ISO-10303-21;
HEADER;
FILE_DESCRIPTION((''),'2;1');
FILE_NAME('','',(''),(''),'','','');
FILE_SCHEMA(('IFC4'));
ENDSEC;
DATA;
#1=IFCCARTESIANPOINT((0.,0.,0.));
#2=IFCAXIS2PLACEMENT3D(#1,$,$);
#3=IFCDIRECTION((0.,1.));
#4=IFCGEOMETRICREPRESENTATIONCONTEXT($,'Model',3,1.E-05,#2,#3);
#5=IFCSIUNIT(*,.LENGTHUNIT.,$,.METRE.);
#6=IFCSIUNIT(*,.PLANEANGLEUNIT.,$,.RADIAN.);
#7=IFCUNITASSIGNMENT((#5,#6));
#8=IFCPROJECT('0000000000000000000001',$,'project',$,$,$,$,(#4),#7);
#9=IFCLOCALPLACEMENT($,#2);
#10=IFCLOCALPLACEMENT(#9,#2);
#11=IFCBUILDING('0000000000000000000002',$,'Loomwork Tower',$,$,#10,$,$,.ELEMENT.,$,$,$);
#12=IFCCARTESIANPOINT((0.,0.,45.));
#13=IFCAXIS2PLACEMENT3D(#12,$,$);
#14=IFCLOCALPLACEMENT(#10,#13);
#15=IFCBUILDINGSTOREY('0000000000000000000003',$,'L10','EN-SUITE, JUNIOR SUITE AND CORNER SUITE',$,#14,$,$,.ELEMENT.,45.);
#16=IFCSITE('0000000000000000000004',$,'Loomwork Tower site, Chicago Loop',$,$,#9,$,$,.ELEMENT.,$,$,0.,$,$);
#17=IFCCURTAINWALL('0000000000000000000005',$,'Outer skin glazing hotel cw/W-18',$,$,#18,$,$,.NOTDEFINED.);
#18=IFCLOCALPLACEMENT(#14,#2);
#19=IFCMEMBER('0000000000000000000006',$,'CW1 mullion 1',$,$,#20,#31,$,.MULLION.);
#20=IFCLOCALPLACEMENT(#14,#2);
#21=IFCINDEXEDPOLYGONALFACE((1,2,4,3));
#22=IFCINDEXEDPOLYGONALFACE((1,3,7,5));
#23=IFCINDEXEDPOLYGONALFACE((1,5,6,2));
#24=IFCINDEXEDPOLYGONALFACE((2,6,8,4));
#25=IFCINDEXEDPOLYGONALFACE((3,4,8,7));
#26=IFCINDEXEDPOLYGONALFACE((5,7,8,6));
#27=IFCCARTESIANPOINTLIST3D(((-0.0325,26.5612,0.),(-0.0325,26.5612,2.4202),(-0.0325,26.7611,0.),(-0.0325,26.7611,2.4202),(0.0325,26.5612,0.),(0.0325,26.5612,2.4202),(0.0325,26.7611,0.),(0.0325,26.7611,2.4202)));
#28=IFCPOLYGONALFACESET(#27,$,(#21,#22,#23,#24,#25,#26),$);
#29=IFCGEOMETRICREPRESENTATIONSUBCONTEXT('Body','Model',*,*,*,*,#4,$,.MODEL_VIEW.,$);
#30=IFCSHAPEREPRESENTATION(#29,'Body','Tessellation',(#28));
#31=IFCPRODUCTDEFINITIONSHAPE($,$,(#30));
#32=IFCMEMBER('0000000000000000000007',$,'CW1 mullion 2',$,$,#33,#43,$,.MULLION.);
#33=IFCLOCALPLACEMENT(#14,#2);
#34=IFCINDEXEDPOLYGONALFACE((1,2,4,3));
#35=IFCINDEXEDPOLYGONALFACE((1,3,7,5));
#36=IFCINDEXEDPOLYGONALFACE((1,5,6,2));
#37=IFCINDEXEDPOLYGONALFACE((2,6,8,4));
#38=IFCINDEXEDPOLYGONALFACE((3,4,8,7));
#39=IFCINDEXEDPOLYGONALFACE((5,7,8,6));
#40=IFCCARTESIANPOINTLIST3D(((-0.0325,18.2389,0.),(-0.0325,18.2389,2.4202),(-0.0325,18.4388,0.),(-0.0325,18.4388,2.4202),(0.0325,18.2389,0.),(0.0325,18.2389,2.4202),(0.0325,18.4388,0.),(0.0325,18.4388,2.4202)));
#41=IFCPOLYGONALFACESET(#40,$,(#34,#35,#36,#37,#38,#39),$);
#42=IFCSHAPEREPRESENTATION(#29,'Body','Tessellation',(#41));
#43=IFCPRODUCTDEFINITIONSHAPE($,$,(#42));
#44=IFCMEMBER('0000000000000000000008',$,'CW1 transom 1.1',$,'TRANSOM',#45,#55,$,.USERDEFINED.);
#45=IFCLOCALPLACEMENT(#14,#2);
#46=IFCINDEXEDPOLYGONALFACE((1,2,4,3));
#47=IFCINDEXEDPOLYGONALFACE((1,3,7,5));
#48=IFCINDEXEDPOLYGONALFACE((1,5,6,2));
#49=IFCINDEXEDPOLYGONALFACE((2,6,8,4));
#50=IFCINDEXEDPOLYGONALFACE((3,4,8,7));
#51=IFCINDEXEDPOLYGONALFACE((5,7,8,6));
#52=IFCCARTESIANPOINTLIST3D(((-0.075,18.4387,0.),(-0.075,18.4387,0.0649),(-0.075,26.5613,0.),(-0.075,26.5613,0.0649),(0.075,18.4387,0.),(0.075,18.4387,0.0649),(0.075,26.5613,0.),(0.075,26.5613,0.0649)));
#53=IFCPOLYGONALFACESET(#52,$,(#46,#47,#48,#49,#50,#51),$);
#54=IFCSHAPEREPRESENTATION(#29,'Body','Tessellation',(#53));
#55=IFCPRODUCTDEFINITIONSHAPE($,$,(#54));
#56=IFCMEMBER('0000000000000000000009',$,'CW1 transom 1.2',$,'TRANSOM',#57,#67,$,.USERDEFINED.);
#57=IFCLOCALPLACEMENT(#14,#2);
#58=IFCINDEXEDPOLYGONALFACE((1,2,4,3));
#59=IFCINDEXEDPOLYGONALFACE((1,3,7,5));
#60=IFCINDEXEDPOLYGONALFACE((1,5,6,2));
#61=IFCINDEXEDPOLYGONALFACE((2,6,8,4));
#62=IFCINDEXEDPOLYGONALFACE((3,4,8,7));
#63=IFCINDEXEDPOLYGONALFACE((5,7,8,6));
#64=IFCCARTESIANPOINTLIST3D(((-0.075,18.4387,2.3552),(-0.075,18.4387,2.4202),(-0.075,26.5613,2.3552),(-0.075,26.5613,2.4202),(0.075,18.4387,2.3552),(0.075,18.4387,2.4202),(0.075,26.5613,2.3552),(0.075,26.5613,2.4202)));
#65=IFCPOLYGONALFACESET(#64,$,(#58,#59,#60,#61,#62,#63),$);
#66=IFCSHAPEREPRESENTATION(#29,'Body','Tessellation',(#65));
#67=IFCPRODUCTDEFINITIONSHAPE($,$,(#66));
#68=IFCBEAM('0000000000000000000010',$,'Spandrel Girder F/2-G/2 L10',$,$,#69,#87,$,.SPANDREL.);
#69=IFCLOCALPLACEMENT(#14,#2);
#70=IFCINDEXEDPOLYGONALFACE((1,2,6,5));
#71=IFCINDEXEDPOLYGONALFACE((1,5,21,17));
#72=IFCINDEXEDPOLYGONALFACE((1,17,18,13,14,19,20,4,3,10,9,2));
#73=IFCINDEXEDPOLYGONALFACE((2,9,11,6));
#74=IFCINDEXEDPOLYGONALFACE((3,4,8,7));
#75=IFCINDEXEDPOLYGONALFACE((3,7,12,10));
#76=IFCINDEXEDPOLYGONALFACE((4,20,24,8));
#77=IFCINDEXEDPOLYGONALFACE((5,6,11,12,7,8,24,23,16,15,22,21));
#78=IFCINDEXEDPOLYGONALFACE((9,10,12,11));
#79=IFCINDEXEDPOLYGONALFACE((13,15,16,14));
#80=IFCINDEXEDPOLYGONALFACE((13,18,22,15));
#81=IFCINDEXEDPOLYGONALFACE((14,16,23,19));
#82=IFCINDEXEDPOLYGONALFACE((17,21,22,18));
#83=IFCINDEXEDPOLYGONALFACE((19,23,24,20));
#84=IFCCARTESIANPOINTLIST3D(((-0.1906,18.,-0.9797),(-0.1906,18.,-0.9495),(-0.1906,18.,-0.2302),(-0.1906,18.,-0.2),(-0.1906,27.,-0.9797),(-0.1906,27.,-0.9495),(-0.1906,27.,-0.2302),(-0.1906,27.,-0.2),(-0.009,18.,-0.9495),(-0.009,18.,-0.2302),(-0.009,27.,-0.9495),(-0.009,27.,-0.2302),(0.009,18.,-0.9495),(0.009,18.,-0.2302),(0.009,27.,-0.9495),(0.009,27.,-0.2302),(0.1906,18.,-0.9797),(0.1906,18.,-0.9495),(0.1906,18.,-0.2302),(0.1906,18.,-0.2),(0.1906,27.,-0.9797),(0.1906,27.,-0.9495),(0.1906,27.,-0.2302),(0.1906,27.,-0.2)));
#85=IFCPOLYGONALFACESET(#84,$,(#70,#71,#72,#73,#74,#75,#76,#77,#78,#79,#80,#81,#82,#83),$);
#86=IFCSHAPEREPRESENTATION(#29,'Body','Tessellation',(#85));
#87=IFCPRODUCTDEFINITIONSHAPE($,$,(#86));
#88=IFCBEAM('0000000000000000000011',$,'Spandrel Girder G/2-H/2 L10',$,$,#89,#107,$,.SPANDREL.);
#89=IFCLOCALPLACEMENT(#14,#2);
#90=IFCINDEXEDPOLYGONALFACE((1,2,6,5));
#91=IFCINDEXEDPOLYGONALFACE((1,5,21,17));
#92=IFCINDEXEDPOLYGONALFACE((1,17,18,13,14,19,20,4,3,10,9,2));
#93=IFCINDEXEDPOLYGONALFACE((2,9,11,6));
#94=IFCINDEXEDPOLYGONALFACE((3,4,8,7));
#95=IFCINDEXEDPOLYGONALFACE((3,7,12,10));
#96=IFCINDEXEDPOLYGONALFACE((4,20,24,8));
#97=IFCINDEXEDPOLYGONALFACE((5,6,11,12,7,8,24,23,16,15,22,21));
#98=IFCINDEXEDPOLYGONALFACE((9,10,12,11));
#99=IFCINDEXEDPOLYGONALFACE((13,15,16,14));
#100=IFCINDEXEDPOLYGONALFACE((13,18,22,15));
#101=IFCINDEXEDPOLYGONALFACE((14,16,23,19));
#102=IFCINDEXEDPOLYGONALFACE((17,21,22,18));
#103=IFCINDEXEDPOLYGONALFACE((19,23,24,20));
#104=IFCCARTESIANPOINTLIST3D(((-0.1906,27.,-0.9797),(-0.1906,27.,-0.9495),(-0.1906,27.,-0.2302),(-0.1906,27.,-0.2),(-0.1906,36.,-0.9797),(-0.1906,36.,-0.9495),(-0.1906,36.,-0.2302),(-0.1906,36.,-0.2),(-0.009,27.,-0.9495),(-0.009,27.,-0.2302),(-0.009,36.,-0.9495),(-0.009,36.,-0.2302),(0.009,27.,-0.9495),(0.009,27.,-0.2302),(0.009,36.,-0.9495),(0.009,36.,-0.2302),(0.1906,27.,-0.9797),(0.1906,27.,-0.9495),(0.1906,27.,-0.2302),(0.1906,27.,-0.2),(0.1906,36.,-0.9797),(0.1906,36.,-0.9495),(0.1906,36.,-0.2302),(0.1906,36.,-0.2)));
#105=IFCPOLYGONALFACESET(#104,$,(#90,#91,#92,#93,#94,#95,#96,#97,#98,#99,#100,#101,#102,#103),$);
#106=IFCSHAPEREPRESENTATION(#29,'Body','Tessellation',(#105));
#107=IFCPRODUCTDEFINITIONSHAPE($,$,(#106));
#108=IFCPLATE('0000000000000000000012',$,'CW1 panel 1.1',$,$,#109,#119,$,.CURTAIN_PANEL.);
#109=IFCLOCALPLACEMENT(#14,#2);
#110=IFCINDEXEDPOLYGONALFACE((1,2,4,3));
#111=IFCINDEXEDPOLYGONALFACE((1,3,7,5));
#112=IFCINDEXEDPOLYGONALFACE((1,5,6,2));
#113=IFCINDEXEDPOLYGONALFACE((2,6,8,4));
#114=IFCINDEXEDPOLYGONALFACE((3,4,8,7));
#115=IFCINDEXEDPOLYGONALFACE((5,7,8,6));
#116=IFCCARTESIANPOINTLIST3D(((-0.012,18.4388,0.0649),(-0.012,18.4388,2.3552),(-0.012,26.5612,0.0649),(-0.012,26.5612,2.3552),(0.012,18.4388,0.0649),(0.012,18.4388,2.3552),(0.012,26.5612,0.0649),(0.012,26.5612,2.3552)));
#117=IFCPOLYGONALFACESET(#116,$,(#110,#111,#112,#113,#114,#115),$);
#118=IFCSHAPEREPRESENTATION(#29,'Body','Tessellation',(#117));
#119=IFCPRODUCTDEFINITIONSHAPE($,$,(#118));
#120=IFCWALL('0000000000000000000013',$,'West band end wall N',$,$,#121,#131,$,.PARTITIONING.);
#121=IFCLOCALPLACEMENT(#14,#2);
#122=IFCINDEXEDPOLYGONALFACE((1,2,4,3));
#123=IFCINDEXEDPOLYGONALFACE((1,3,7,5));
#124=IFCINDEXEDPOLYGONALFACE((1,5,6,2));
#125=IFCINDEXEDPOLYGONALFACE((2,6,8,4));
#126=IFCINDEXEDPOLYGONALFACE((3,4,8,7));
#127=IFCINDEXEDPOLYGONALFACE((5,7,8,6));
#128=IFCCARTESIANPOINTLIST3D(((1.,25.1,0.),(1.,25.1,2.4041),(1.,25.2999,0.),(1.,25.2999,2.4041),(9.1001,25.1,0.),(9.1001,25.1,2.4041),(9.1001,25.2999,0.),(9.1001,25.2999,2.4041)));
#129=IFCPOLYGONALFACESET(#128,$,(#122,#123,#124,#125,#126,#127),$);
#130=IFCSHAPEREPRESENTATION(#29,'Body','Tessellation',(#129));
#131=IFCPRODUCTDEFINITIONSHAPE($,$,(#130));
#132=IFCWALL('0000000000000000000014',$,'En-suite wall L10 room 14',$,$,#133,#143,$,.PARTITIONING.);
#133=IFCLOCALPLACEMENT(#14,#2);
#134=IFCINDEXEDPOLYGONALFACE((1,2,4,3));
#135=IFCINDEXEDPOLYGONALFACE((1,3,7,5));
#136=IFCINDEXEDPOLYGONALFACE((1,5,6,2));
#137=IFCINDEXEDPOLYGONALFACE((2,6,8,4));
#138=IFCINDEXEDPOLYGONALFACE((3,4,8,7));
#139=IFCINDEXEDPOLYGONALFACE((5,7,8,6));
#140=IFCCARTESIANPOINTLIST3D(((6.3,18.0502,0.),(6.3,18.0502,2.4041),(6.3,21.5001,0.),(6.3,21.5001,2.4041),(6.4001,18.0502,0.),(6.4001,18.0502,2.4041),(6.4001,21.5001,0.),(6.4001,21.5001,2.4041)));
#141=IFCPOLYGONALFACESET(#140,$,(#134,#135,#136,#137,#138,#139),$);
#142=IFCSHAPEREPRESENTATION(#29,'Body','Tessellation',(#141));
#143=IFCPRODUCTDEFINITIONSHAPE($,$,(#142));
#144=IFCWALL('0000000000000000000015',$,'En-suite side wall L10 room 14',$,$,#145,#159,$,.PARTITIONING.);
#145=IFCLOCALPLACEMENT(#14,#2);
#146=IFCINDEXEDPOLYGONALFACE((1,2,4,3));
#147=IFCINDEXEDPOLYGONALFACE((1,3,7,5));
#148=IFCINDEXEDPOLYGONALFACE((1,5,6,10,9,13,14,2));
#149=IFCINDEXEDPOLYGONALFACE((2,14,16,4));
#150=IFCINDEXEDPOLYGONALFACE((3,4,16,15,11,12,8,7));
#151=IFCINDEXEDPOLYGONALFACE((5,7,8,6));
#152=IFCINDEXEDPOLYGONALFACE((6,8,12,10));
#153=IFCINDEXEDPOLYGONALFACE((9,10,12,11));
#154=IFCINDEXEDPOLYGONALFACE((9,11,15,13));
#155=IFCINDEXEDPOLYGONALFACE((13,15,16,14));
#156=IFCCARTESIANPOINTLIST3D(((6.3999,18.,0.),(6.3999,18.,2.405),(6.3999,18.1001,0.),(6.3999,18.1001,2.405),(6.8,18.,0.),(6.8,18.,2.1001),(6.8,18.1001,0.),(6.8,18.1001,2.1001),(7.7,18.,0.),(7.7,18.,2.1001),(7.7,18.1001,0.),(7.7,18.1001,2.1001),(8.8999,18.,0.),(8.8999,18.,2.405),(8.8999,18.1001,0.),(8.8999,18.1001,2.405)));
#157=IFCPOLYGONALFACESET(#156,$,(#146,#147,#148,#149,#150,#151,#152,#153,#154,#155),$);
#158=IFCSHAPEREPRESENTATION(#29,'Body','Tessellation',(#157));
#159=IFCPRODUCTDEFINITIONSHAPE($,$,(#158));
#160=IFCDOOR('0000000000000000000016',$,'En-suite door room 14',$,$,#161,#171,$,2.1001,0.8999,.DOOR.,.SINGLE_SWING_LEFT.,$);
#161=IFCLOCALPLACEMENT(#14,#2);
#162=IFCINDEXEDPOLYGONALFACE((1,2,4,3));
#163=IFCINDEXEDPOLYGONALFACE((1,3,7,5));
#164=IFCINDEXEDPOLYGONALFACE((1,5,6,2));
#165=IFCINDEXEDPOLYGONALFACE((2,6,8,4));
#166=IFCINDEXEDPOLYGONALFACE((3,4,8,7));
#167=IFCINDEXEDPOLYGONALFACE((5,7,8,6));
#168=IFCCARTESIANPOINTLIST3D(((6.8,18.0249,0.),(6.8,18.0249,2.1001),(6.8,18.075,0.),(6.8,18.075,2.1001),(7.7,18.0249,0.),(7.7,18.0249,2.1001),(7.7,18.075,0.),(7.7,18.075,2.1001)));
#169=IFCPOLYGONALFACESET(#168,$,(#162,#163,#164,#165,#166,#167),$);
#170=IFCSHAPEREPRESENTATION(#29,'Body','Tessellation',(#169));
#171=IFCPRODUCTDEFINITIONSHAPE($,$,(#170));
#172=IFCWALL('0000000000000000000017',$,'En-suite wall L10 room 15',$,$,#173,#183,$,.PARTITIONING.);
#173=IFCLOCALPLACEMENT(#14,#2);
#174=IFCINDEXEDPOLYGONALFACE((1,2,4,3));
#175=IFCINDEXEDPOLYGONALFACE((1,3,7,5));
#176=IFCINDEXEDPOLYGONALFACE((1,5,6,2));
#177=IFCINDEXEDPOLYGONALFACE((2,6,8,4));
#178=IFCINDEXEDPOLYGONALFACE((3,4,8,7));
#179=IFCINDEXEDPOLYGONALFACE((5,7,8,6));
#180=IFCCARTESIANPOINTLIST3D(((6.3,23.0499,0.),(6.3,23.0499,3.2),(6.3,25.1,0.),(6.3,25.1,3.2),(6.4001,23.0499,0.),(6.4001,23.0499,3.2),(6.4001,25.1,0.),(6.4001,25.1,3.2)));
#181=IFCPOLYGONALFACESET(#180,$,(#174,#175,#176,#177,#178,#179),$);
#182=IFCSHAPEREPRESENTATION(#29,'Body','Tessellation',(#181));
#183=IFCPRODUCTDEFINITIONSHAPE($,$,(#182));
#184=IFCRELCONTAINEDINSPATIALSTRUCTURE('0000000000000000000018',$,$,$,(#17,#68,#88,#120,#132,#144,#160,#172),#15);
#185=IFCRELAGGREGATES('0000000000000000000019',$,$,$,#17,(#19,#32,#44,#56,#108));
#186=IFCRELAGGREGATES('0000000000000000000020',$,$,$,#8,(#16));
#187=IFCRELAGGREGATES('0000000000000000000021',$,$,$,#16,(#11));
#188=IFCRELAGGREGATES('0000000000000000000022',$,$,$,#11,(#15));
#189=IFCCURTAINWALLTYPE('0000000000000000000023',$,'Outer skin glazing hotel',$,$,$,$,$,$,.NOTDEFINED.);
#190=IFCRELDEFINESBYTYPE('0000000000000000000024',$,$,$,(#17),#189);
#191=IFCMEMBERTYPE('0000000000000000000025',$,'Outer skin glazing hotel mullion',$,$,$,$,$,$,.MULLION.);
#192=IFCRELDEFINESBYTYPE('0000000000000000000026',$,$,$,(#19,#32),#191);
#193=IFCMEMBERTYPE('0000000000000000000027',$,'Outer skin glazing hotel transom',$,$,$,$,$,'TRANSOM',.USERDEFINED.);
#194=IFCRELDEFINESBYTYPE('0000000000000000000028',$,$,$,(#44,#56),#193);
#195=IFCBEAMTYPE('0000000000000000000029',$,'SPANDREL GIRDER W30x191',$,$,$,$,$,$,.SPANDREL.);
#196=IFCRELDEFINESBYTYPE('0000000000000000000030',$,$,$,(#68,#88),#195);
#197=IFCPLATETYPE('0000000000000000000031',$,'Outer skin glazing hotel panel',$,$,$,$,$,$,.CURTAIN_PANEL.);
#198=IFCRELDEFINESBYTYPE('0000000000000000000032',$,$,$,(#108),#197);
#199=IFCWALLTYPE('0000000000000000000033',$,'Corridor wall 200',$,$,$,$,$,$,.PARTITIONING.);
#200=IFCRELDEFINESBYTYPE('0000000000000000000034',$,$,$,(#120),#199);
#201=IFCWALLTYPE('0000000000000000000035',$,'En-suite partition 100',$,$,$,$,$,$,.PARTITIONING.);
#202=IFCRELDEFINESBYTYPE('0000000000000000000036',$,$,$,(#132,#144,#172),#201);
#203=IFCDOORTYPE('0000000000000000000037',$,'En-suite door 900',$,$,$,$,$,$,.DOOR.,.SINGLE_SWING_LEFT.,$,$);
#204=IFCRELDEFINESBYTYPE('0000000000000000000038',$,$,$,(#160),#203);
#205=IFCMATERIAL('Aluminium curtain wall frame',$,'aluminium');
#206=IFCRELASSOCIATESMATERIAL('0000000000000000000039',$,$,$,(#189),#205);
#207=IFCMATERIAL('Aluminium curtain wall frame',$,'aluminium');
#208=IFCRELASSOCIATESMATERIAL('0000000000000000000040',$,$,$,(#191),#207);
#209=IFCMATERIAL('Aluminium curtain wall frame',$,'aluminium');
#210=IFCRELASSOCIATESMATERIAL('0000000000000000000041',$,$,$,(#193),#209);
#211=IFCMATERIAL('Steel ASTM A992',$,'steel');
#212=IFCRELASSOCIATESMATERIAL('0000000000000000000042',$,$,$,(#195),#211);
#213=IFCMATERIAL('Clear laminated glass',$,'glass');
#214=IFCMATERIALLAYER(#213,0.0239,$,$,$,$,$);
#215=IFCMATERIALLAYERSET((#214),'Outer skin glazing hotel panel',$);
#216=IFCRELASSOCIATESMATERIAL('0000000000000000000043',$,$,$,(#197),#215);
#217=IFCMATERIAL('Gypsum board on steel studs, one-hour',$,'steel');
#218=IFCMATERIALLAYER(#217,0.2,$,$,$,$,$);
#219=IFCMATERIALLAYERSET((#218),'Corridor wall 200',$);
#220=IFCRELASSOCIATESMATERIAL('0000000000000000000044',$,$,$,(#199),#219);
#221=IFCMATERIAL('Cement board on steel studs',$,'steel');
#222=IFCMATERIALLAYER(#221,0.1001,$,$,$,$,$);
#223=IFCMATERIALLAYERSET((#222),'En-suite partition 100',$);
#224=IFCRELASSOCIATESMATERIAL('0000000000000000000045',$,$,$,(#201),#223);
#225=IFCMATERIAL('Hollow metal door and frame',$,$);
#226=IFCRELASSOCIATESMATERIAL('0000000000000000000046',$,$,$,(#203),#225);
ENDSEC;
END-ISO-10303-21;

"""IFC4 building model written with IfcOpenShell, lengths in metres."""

from ifc_helpers import new_model, si_unit, direction, frame, frame_2d, origin, origin_2d, place, context, subcontext, project, spatial, rectangle, i_section, extrude, material, layer, layer_set, material_profile, profile_set, type_object, element, fill, aggregate, save


model = new_model("IFC4")

# Units and contexts
model_context = context("Model", 3, precision=1e-05, world=origin(), true_north=direction((0.0, 1.0)))
body_context = subcontext(model_context, "Body", "Model", "MODEL_VIEW")
ifc_project = project(units=[si_unit("LENGTHUNIT", "METRE"), si_unit("PLANEANGLEUNIT", "RADIAN")], contexts=[model_context])

# Site, building, storey
site_placement = place(None, origin())
site = spatial("IfcSite", under=ifc_project, at=site_placement, Name="Loomwork Tower site, Chicago Loop", CompositionType="ELEMENT", RefElevation=0.0)
building_placement = place(site_placement, origin())
building = spatial("IfcBuilding", under=site, at=building_placement, Name="Loomwork Tower", CompositionType="ELEMENT")
storey_placement = place(building_placement, frame((0.0, 0.0, 45.0)))
storey = spatial("IfcBuildingStorey", under=building, at=storey_placement, Name="L10", Description="EN-SUITE, JUNIOR SUITE AND CORNER SUITE", CompositionType="ELEMENT", Elevation=45.0)

# Curtain wall, members
ifc_material_1 = material(Name="Aluminium curtain wall frame", Category="aluminium")
curtain_wall_type = type_object("IfcCurtainWallType", Name="Outer skin glazing hotel", PredefinedType="NOTDEFINED", material=ifc_material_1)
curtain_wall_placement = place(storey_placement, origin())
curtain_wall = element("IfcCurtainWall", 1, at=curtain_wall_placement, inside=storey, type_object=curtain_wall_type, Name="Outer skin glazing hotel cw/W-18", PredefinedType="NOTDEFINED")
ifc_material_2 = material(Name="Aluminium curtain wall frame", Category="aluminium")
ifc_material_profile_1 = material_profile(ifc_material_2, rectangle(XDim=0.0649, YDim=0.2, at=origin_2d()), Name="AL 65x200")
ifc_profile_set_1 = profile_set([ifc_material_profile_1], Name="Aluminium curtain wall frame")
member_type_1 = type_object("IfcMemberType", Name="Outer skin glazing hotel mullion", PredefinedType="MULLION", material=ifc_profile_set_1)
member_1_placement = place(storey_placement, frame((0.0, 26.6611, 0.0), z_axis=(0.0, 0.0, 1.0), x_axis=(1.0, 0.0, 0.0)))
member_1 = element("IfcMember", 2, at=member_1_placement, type_object=member_type_1, Name="CW1 mullion 1", PredefinedType="MULLION", context=body_context, shape_type="SweptSolid", body=[
    extrude(rectangle(XDim=0.0649, YDim=0.2, at=origin_2d()), origin(), (0.0, 0.0, 1.0), 2.4202),
])
member_2_placement = place(storey_placement, frame((0.0, 18.3389, 0.0), z_axis=(0.0, 0.0, 1.0), x_axis=(1.0, 0.0, 0.0)))
member_2 = element("IfcMember", 3, at=member_2_placement, type_object=member_type_1, Name="CW1 mullion 2", PredefinedType="MULLION", context=body_context, shape_type="SweptSolid", body=[
    extrude(rectangle(XDim=0.0649, YDim=0.2, at=origin_2d()), origin(), (0.0, 0.0, 1.0), 2.4202),
])
ifc_material_3 = material(Name="Aluminium curtain wall frame", Category="aluminium")
ifc_material_profile_2 = material_profile(ifc_material_3, rectangle(XDim=0.1499, YDim=0.0649, at=origin_2d()), Name="AL 65x150")
ifc_profile_set_2 = profile_set([ifc_material_profile_2], Name="Aluminium curtain wall frame")
member_type_2 = type_object("IfcMemberType", Name="Outer skin glazing hotel transom", ElementType="TRANSOM", PredefinedType="USERDEFINED", material=ifc_profile_set_2)
member_3_placement = place(storey_placement, frame((0.0, 26.5613, 0.0325), z_axis=(0.0, -1.0, 0.0), x_axis=(1.0, 0.0, 0.0)))
member_3 = element("IfcMember", 4, at=member_3_placement, type_object=member_type_2, Name="CW1 transom 1.1", ObjectType="TRANSOM", PredefinedType="USERDEFINED", context=body_context, shape_type="SweptSolid", body=[
    extrude(rectangle(XDim=0.1499, YDim=0.0649, at=origin_2d()), origin(), (0.0, 0.0, 1.0), 8.1226),
])
member_4_placement = place(storey_placement, frame((0.0, 26.5613, 2.3877), z_axis=(0.0, -1.0, 0.0), x_axis=(1.0, 0.0, 0.0)))
member_4 = element("IfcMember", 5, at=member_4_placement, type_object=member_type_2, Name="CW1 transom 1.2", ObjectType="TRANSOM", PredefinedType="USERDEFINED", context=body_context, shape_type="SweptSolid", body=[
    extrude(rectangle(XDim=0.1499, YDim=0.0649, at=origin_2d()), origin(), (0.0, 0.0, 1.0), 8.1226),
])

# Beams
ifc_material_4 = material(Name="Steel ASTM A992", Category="steel")
ifc_material_profile_3 = material_profile(ifc_material_4, i_section(OverallWidth=0.3811, OverallDepth=0.7798, WebThickness=0.0181, FlangeThickness=0.0303, at=origin_2d()), Name="W30x191")
ifc_profile_set_3 = profile_set([ifc_material_profile_3], Name="Steel ASTM A992")
beam_type_1 = type_object("IfcBeamType", Name="SPANDREL GIRDER W30x191", PredefinedType="SPANDREL", material=ifc_profile_set_3)
for number, where, z_axis, x_axis, name in (
    (6, (0.0, 18.0, -0.5898), (0.0, 1.0, 0.0), (-1.0, 0.0, 0.0), "Spandrel Girder F/2-G/2 L10"),
    (7, (0.0, 27.0, -0.5898), (0.0, 1.0, 0.0), (-1.0, 0.0, 0.0), "Spandrel Girder G/2-H/2 L10"),
):
    element("IfcBeam", number, at=place(storey_placement, frame(where, z_axis=z_axis, x_axis=x_axis)), inside=storey, type_object=beam_type_1, Name=name, PredefinedType="SPANDREL", context=body_context, shape_type="SweptSolid", body=[
        extrude(i_section(OverallWidth=0.3811, OverallDepth=0.7798, WebThickness=0.0181, FlangeThickness=0.0303, at=origin_2d()), origin(), (0.0, 0.0, 1.0), 9.0),
    ])

# Plate
ifc_material_5 = material(Name="Clear laminated glass", Category="glass")
ifc_layer_1 = layer(ifc_material_5, 0.0239)
ifc_layer_set_1 = layer_set([ifc_layer_1], Name="Outer skin glazing hotel panel")
plate_type = type_object("IfcPlateType", Name="Outer skin glazing hotel panel", PredefinedType="CURTAIN_PANEL", material=ifc_layer_set_1)
plate_placement = place(storey_placement, frame((0.0, 22.5, 0.0649), z_axis=(0.0, 0.0, 1.0), x_axis=(0.0, -1.0, 0.0)))
plate = element("IfcPlate", 8, at=plate_placement, type_object=plate_type, Name="CW1 panel 1.1", PredefinedType="CURTAIN_PANEL", context=body_context, shape_type="SweptSolid", body=[
    extrude(rectangle(XDim=8.1223, YDim=0.0239, at=origin_2d()), origin(), (0.0, 0.0, 1.0), 2.2903),
])
aggregate(curtain_wall, [member_1, member_2, member_3, member_4, plate])

# Walls
ifc_material_6 = material(Name="Gypsum board on steel studs, one-hour", Category="steel")
ifc_layer_2 = layer(ifc_material_6, 0.2)
ifc_layer_set_2 = layer_set([ifc_layer_2], Name="Corridor wall 200")
wall_type_1 = type_object("IfcWallType", Name="Corridor wall 200", PredefinedType="PARTITIONING", material=ifc_layer_set_2)
wall_1_placement = place(storey_placement, frame((1.0, 25.2, 0.0), z_axis=(0.0, 0.0, 1.0), x_axis=(1.0, 0.0, 0.0)))
element("IfcWall", 9, at=wall_1_placement, inside=storey, type_object=wall_type_1, Name="West band end wall N", PredefinedType="PARTITIONING", context=body_context, shape_type="SweptSolid", body=[
    extrude(rectangle(XDim=8.1001, YDim=0.2, at=frame_2d((4.05, 0.0))), origin(), (0.0, 0.0, 1.0), 2.4041),
])
ifc_material_7 = material(Name="Cement board on steel studs", Category="steel")
ifc_layer_3 = layer(ifc_material_7, 0.1001)
ifc_layer_set_3 = layer_set([ifc_layer_3], Name="En-suite partition 100")
wall_type_2 = type_object("IfcWallType", Name="En-suite partition 100", PredefinedType="PARTITIONING", material=ifc_layer_set_3)
wall_2_placement = place(storey_placement, frame((6.3501, 18.05, 0.0), z_axis=(0.0, 0.0, 1.0), x_axis=(0.0, 1.0, 0.0)))
element("IfcWall", 10, at=wall_2_placement, inside=storey, type_object=wall_type_2, Name="En-suite wall L10 room 14", PredefinedType="PARTITIONING", context=body_context, shape_type="SweptSolid", body=[
    extrude(rectangle(XDim=3.45, YDim=0.1001, at=frame_2d((1.7251, 0.0))), origin(), (0.0, 0.0, 1.0), 2.4041),
])

# Wall, opening, door
wall_3_placement = place(storey_placement, frame((8.8999, 18.05, 0.0), z_axis=(0.0, 0.0, 1.0), x_axis=(-1.0, 0.0, 0.0)))
wall_3 = element("IfcWall", 11, at=wall_3_placement, inside=storey, type_object=wall_type_2, Name="En-suite side wall L10 room 14", PredefinedType="PARTITIONING", context=body_context, shape_type="SweptSolid", body=[
    extrude(rectangle(XDim=2.5, YDim=0.1001, at=frame_2d((1.25, 0.0))), origin(), (0.0, 0.0, 1.0), 2.405),
])
opening_1_placement = place(wall_3_placement, frame((1.2, 0.0, 0.0)))
opening_1 = element("IfcOpeningElement", 12, at=opening_1_placement, cuts=wall_3, PredefinedType="OPENING", context=body_context, shape_type="SweptSolid", body=[
    extrude(rectangle(XDim=0.8999, YDim=2.1001, at=frame_2d((0.45, 1.05))), frame((0.0, 0.0601, 0.0), z_axis=(0.0, -1.0, 0.0), x_axis=(1.0, 0.0, 0.0)), (0.0, 0.0, 1.0), 0.1201),
])
ifc_material_8 = material(Name="Hollow metal door and frame")
door_type = type_object("IfcDoorType", Name="En-suite door 900", OperationType="SINGLE_SWING_LEFT", PredefinedType="DOOR", material=ifc_material_8)
door_1_placement = place(opening_1_placement, frame((0.8999, 0.0, 0.0), z_axis=(0.0, 0.0, 1.0), x_axis=(-1.0, 0.0, 0.0)))
door_1 = element("IfcDoor", 13, at=door_1_placement, inside=storey, type_object=door_type, Name="En-suite door room 14", OperationType="SINGLE_SWING_LEFT", OverallHeight=2.1001, OverallWidth=0.8999, PredefinedType="DOOR", context=body_context, shape_type="SweptSolid", body=[
    extrude(rectangle(XDim=0.8999, YDim=2.1001, at=frame_2d((0.45, 1.05))), frame((0.0, 0.0249, 0.0), z_axis=(0.0, -1.0, 0.0), x_axis=(1.0, 0.0, 0.0)), (0.0, 0.0, 1.0), 0.05),
])
fill(opening_1, door_1)

# Wall
wall_4_placement = place(storey_placement, frame((6.3501, 23.05, 0.0), z_axis=(0.0, 0.0, 1.0), x_axis=(0.0, 1.0, 0.0)))
element("IfcWall", 14, at=wall_4_placement, inside=storey, type_object=wall_type_2, Name="En-suite wall L10 room 15", PredefinedType="PARTITIONING", context=body_context, shape_type="SweptSolid", body=[
    extrude(rectangle(XDim=2.05, YDim=0.1001, at=frame_2d((1.0249, 0.0))), origin(), (0.0, 0.0, 1.0), 3.2),
])

save(model, "model.ifc")
